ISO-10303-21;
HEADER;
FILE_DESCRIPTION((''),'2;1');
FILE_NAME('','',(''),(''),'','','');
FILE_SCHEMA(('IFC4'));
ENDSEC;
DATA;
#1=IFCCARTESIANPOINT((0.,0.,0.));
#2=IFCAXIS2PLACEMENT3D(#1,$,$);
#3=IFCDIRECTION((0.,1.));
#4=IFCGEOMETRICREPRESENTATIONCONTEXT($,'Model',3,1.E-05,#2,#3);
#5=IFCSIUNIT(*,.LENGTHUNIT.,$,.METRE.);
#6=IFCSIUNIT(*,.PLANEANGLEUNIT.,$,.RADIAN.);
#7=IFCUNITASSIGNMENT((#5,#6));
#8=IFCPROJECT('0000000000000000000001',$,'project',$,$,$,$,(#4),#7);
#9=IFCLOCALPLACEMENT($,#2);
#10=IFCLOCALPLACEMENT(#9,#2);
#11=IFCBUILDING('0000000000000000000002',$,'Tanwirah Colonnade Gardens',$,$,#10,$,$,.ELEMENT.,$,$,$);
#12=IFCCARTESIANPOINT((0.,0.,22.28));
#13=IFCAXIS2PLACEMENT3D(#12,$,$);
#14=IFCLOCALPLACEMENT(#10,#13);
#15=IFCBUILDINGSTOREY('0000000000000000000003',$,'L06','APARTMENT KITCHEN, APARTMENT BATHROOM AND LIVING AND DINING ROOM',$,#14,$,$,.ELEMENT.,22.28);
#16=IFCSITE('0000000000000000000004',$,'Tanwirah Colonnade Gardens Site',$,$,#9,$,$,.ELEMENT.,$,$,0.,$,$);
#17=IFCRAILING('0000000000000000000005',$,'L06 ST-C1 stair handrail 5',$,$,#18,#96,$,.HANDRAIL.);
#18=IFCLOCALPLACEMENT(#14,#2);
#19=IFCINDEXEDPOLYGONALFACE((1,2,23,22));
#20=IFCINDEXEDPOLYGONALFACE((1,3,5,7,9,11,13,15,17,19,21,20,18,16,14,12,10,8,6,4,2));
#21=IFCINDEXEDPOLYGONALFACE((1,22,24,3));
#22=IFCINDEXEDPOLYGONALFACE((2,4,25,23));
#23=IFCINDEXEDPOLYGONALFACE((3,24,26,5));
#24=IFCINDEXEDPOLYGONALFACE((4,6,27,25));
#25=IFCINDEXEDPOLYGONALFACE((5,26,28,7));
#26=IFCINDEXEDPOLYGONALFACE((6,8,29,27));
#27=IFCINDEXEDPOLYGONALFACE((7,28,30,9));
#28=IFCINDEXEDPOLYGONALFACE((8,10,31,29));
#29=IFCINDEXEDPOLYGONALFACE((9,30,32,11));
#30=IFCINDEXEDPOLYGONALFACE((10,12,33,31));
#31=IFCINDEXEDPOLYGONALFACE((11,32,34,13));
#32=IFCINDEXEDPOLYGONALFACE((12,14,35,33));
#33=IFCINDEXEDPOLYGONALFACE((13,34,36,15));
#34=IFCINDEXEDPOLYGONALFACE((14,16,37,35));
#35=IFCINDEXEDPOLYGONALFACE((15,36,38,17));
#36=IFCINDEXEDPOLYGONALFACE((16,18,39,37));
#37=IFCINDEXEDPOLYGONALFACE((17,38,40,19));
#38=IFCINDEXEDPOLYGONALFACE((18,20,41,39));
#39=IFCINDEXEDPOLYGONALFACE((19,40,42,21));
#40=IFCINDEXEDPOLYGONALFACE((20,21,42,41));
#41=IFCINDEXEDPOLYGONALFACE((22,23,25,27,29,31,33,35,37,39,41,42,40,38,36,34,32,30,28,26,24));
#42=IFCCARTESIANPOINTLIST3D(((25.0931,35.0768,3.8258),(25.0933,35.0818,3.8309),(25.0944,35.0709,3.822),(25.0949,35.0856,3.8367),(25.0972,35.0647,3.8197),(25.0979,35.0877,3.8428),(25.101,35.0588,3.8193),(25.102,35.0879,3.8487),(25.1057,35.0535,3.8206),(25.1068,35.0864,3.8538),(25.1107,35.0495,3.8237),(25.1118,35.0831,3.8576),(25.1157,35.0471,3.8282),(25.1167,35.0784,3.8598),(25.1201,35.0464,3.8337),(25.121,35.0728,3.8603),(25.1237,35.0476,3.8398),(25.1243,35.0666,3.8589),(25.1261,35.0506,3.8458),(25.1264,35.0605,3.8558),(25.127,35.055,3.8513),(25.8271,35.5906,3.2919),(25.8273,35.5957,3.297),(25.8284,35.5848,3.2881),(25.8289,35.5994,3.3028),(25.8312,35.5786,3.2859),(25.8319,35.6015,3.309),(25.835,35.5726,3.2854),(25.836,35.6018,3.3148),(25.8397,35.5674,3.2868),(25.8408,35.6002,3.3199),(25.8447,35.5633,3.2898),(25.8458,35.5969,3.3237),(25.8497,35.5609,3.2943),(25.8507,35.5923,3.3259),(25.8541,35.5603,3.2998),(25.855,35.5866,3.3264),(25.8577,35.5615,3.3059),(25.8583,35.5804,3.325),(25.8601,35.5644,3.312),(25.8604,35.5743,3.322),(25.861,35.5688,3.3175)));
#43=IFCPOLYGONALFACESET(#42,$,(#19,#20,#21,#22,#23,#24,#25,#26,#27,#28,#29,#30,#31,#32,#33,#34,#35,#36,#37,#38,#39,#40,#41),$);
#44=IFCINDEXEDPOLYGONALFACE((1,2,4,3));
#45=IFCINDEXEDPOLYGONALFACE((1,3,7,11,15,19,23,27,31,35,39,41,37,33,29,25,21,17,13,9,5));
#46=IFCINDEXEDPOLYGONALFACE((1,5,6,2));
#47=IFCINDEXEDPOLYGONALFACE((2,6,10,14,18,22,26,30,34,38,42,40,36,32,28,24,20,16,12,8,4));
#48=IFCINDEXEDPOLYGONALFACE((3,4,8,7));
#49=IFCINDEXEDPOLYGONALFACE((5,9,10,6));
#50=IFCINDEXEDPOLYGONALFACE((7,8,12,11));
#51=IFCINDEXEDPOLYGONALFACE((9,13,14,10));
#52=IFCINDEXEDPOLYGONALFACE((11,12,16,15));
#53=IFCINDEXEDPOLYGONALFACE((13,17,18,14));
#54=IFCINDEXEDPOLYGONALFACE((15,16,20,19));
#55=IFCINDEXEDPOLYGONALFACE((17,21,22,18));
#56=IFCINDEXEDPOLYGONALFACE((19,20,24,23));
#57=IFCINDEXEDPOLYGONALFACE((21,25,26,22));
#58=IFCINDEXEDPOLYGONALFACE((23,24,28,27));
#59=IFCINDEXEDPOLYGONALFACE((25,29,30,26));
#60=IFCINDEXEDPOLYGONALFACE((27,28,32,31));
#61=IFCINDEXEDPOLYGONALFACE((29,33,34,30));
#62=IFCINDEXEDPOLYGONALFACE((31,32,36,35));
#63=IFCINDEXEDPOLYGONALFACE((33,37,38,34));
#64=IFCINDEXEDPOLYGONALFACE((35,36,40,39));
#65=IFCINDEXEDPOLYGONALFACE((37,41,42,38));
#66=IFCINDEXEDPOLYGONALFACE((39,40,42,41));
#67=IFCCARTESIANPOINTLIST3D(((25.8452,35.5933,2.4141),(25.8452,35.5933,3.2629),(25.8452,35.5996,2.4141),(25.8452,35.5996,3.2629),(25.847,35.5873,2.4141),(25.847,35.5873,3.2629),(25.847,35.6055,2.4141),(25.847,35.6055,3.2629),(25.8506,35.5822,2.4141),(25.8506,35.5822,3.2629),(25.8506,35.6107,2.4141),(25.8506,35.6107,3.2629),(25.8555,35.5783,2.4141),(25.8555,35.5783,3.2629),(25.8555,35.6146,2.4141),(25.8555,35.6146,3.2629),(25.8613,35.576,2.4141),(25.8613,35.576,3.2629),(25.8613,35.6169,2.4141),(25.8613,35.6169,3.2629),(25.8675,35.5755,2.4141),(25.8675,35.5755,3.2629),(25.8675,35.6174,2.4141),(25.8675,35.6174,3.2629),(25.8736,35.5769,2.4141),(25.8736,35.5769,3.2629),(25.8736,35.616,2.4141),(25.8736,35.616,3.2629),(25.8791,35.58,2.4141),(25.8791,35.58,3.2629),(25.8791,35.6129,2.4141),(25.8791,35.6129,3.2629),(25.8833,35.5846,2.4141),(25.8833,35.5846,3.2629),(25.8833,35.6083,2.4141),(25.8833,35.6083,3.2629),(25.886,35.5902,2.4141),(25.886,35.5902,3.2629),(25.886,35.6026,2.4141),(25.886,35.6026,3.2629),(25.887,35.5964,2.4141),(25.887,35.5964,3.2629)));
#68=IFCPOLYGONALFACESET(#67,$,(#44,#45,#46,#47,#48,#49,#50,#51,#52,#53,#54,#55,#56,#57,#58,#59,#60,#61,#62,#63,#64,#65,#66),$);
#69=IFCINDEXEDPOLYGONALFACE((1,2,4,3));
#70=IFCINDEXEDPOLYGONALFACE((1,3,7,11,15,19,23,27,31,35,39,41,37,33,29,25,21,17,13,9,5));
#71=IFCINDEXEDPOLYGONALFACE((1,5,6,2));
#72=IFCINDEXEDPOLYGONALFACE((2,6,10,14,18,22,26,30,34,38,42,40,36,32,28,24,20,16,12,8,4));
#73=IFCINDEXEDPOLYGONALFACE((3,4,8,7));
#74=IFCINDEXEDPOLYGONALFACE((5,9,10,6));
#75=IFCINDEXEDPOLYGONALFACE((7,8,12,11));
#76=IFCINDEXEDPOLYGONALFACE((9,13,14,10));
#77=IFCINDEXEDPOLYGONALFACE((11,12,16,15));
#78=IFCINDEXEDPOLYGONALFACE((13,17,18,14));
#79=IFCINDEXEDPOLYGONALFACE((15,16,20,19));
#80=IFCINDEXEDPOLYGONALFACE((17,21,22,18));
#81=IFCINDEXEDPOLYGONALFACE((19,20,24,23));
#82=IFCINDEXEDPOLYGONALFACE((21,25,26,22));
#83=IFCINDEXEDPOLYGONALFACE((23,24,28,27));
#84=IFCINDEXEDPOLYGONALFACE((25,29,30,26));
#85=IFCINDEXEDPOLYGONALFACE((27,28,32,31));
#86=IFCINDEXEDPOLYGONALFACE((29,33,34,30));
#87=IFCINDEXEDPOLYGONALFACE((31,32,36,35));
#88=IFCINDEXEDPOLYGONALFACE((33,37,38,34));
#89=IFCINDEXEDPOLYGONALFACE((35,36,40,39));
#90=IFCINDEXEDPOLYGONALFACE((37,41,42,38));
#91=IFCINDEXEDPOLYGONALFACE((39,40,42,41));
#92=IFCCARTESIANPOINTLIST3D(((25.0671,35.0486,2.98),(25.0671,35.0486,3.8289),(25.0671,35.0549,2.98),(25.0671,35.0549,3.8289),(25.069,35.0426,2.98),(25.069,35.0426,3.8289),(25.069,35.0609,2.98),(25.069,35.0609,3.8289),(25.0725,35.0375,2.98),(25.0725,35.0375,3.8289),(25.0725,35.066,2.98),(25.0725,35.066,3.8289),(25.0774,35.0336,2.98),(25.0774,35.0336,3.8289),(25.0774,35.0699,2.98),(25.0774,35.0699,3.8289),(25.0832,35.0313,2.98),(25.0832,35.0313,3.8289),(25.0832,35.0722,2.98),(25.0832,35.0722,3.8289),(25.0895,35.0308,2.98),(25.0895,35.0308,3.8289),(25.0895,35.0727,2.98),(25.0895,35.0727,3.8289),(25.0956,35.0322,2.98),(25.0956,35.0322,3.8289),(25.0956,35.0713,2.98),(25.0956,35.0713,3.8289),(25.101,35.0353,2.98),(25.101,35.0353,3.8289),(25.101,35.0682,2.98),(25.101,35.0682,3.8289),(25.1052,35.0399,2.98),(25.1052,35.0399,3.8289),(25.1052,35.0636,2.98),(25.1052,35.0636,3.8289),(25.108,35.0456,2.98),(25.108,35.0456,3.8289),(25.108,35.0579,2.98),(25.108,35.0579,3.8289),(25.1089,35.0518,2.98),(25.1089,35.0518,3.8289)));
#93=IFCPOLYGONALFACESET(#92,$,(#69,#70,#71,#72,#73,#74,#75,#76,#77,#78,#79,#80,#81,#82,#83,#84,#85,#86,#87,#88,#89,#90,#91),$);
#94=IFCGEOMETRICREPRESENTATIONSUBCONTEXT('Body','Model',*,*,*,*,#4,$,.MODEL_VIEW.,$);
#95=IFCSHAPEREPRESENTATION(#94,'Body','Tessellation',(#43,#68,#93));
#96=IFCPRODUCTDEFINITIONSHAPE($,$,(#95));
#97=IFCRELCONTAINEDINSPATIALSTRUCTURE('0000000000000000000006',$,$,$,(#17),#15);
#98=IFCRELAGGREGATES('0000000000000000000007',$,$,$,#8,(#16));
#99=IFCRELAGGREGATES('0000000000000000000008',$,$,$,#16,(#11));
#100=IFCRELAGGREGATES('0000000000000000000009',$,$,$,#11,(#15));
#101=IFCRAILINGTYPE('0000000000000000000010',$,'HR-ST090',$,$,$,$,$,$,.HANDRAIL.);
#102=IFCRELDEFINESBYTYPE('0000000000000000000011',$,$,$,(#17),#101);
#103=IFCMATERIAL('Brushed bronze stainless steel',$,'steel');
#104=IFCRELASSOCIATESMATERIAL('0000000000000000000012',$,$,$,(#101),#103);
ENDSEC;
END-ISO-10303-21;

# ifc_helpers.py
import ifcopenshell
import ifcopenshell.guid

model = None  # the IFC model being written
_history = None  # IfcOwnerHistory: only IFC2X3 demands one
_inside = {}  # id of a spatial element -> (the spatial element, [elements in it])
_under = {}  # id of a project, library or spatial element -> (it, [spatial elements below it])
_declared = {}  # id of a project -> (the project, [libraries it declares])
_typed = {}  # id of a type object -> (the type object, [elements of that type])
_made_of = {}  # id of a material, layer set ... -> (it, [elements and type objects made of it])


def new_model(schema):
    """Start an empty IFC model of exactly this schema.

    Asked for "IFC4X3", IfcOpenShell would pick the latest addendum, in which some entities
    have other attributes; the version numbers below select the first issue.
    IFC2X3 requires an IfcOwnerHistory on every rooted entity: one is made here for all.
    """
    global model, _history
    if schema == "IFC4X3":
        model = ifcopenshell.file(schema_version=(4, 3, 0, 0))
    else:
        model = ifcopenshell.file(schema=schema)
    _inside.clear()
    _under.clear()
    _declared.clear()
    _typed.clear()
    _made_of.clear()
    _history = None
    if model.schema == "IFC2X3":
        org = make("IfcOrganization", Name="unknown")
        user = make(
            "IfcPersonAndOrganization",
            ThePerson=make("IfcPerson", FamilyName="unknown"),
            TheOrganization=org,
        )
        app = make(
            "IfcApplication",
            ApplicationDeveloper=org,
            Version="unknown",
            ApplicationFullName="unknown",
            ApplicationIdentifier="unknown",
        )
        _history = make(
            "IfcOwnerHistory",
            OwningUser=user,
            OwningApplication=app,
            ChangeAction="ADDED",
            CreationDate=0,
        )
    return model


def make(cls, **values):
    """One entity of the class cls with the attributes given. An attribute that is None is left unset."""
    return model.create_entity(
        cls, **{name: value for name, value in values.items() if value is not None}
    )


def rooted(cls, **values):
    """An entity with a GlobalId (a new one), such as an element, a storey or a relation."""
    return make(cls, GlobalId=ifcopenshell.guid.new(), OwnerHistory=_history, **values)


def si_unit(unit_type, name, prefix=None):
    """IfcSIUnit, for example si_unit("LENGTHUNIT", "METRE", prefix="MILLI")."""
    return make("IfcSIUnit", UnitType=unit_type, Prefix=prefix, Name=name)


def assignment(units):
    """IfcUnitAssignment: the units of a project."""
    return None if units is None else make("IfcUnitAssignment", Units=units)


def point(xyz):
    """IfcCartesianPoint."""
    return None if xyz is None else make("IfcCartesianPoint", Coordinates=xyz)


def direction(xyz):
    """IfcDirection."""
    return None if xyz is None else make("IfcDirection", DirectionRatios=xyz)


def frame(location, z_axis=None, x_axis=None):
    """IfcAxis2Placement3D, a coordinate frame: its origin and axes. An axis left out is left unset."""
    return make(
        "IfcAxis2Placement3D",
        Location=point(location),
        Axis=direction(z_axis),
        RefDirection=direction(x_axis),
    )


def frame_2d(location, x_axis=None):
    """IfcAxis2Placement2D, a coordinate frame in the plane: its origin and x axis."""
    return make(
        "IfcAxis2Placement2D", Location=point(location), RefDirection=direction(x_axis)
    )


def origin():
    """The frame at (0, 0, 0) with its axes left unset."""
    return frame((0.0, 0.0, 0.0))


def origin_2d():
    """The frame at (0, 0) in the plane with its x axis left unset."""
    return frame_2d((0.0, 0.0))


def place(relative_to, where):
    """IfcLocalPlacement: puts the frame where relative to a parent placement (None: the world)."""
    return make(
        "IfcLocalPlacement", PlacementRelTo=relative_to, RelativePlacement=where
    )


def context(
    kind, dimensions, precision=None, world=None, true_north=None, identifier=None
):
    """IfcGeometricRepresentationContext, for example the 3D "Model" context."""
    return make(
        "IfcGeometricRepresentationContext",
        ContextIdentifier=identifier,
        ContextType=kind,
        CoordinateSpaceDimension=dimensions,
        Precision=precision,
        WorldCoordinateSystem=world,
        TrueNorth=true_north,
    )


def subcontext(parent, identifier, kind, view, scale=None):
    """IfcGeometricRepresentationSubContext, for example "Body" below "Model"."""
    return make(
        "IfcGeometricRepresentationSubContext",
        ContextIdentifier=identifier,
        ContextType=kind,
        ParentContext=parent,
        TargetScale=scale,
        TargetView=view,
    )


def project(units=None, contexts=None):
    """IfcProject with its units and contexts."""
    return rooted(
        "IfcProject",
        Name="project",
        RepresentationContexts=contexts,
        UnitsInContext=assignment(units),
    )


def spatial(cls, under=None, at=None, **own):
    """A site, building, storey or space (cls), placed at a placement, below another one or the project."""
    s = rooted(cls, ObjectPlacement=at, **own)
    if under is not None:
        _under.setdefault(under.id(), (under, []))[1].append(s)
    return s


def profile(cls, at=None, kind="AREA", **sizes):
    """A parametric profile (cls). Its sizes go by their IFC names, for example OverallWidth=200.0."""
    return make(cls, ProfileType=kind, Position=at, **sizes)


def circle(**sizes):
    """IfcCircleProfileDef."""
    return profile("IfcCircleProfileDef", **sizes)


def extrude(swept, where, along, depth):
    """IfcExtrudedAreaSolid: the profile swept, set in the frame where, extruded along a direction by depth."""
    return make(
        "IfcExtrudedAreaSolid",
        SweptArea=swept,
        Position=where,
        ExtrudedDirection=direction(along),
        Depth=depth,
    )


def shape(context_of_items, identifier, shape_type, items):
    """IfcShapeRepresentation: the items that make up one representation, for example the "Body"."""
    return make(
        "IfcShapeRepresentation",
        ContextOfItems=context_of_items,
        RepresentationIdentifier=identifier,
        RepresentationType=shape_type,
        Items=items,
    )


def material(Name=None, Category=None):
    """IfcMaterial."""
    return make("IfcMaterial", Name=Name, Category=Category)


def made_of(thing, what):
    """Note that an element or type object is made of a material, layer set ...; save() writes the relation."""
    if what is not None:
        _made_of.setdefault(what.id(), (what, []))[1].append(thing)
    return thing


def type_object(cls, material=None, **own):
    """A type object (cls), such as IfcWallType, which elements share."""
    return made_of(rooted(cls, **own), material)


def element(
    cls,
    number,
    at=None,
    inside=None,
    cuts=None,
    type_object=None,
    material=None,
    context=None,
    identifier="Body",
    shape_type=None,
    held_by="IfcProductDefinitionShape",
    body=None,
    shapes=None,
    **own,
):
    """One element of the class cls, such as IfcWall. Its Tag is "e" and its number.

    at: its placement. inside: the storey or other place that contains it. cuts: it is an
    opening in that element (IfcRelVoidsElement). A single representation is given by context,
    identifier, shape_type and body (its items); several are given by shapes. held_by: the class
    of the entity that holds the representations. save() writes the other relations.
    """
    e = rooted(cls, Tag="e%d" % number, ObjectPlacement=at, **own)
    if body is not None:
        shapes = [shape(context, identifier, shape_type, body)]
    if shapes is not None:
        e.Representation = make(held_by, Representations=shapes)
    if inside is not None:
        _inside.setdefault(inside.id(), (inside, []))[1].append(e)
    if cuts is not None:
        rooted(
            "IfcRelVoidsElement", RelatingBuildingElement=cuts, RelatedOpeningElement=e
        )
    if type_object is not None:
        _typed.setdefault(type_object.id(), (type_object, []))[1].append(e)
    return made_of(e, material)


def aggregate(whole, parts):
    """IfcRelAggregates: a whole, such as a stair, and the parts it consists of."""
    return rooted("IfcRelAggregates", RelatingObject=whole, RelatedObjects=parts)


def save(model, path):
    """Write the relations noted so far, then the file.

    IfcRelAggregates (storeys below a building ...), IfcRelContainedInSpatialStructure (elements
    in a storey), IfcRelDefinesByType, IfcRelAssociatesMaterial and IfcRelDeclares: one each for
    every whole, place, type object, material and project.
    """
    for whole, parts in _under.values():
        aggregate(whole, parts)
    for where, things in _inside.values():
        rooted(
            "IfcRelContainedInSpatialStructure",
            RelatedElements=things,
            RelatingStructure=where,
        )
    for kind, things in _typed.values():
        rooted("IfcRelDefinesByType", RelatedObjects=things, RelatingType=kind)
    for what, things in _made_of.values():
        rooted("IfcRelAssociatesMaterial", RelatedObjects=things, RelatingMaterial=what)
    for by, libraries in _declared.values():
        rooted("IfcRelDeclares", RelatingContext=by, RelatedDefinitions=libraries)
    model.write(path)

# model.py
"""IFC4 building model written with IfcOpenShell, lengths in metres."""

from ifc_helpers import new_model, si_unit, direction, frame, origin, origin_2d, place, context, subcontext, project, spatial, circle, extrude, material, type_object, element, save


model = new_model("IFC4")

# Units and contexts
model_context = context("Model", 3, precision=1e-05, world=origin(), true_north=direction((0.0, 1.0)))
body_context = subcontext(model_context, "Body", "Model", "MODEL_VIEW")
ifc_project = project(units=[si_unit("LENGTHUNIT", "METRE"), si_unit("PLANEANGLEUNIT", "RADIAN")], contexts=[model_context])

# Site, building, storey
site_placement = place(None, origin())
site = spatial("IfcSite", under=ifc_project, at=site_placement, Name="Tanwirah Colonnade Gardens Site", CompositionType="ELEMENT", RefElevation=0.0)
building_placement = place(site_placement, origin())
building = spatial("IfcBuilding", under=site, at=building_placement, Name="Tanwirah Colonnade Gardens", CompositionType="ELEMENT")
storey_placement = place(building_placement, frame((0.0, 0.0, 22.28)))
storey = spatial("IfcBuildingStorey", under=building, at=storey_placement, Name="L06", Description="APARTMENT KITCHEN, APARTMENT BATHROOM AND LIVING AND DINING ROOM", CompositionType="ELEMENT", Elevation=22.28)

# Railing
ifc_material_1 = material(Name="Brushed bronze stainless steel", Category="steel")
railing_type_1 = type_object("IfcRailingType", Name="HR-ST090", PredefinedType="HANDRAIL", material=ifc_material_1)
railing_1_placement = place(storey_placement, frame((25.866, 35.5964, 2.4141)))
element("IfcRailing", 1, at=railing_1_placement, inside=storey, type_object=railing_type_1, Name="L06 ST-C1 stair handrail 5", PredefinedType="HANDRAIL", context=body_context, shape_type="SweptSolid", body=[
    extrude(circle(Radius=0.0239, at=origin_2d()), frame((-0.022, -0.0154, 0.8918), z_axis=(-0.703763, -0.492656, 0.511868), x_axis=(0.57348, -0.81922, 0.0)), (0.0, 0.0, 1.0), 1.043),
    extrude(circle(Radius=0.021, at=origin_2d()), origin(), (0.0, 0.0, 1.0), 0.8489),
    extrude(circle(Radius=0.021, at=origin_2d()), frame((-0.7781, -0.5447, 0.5659)), (0.0, 0.0, 1.0), 0.8489),
])

save(model, "model.ifc")
